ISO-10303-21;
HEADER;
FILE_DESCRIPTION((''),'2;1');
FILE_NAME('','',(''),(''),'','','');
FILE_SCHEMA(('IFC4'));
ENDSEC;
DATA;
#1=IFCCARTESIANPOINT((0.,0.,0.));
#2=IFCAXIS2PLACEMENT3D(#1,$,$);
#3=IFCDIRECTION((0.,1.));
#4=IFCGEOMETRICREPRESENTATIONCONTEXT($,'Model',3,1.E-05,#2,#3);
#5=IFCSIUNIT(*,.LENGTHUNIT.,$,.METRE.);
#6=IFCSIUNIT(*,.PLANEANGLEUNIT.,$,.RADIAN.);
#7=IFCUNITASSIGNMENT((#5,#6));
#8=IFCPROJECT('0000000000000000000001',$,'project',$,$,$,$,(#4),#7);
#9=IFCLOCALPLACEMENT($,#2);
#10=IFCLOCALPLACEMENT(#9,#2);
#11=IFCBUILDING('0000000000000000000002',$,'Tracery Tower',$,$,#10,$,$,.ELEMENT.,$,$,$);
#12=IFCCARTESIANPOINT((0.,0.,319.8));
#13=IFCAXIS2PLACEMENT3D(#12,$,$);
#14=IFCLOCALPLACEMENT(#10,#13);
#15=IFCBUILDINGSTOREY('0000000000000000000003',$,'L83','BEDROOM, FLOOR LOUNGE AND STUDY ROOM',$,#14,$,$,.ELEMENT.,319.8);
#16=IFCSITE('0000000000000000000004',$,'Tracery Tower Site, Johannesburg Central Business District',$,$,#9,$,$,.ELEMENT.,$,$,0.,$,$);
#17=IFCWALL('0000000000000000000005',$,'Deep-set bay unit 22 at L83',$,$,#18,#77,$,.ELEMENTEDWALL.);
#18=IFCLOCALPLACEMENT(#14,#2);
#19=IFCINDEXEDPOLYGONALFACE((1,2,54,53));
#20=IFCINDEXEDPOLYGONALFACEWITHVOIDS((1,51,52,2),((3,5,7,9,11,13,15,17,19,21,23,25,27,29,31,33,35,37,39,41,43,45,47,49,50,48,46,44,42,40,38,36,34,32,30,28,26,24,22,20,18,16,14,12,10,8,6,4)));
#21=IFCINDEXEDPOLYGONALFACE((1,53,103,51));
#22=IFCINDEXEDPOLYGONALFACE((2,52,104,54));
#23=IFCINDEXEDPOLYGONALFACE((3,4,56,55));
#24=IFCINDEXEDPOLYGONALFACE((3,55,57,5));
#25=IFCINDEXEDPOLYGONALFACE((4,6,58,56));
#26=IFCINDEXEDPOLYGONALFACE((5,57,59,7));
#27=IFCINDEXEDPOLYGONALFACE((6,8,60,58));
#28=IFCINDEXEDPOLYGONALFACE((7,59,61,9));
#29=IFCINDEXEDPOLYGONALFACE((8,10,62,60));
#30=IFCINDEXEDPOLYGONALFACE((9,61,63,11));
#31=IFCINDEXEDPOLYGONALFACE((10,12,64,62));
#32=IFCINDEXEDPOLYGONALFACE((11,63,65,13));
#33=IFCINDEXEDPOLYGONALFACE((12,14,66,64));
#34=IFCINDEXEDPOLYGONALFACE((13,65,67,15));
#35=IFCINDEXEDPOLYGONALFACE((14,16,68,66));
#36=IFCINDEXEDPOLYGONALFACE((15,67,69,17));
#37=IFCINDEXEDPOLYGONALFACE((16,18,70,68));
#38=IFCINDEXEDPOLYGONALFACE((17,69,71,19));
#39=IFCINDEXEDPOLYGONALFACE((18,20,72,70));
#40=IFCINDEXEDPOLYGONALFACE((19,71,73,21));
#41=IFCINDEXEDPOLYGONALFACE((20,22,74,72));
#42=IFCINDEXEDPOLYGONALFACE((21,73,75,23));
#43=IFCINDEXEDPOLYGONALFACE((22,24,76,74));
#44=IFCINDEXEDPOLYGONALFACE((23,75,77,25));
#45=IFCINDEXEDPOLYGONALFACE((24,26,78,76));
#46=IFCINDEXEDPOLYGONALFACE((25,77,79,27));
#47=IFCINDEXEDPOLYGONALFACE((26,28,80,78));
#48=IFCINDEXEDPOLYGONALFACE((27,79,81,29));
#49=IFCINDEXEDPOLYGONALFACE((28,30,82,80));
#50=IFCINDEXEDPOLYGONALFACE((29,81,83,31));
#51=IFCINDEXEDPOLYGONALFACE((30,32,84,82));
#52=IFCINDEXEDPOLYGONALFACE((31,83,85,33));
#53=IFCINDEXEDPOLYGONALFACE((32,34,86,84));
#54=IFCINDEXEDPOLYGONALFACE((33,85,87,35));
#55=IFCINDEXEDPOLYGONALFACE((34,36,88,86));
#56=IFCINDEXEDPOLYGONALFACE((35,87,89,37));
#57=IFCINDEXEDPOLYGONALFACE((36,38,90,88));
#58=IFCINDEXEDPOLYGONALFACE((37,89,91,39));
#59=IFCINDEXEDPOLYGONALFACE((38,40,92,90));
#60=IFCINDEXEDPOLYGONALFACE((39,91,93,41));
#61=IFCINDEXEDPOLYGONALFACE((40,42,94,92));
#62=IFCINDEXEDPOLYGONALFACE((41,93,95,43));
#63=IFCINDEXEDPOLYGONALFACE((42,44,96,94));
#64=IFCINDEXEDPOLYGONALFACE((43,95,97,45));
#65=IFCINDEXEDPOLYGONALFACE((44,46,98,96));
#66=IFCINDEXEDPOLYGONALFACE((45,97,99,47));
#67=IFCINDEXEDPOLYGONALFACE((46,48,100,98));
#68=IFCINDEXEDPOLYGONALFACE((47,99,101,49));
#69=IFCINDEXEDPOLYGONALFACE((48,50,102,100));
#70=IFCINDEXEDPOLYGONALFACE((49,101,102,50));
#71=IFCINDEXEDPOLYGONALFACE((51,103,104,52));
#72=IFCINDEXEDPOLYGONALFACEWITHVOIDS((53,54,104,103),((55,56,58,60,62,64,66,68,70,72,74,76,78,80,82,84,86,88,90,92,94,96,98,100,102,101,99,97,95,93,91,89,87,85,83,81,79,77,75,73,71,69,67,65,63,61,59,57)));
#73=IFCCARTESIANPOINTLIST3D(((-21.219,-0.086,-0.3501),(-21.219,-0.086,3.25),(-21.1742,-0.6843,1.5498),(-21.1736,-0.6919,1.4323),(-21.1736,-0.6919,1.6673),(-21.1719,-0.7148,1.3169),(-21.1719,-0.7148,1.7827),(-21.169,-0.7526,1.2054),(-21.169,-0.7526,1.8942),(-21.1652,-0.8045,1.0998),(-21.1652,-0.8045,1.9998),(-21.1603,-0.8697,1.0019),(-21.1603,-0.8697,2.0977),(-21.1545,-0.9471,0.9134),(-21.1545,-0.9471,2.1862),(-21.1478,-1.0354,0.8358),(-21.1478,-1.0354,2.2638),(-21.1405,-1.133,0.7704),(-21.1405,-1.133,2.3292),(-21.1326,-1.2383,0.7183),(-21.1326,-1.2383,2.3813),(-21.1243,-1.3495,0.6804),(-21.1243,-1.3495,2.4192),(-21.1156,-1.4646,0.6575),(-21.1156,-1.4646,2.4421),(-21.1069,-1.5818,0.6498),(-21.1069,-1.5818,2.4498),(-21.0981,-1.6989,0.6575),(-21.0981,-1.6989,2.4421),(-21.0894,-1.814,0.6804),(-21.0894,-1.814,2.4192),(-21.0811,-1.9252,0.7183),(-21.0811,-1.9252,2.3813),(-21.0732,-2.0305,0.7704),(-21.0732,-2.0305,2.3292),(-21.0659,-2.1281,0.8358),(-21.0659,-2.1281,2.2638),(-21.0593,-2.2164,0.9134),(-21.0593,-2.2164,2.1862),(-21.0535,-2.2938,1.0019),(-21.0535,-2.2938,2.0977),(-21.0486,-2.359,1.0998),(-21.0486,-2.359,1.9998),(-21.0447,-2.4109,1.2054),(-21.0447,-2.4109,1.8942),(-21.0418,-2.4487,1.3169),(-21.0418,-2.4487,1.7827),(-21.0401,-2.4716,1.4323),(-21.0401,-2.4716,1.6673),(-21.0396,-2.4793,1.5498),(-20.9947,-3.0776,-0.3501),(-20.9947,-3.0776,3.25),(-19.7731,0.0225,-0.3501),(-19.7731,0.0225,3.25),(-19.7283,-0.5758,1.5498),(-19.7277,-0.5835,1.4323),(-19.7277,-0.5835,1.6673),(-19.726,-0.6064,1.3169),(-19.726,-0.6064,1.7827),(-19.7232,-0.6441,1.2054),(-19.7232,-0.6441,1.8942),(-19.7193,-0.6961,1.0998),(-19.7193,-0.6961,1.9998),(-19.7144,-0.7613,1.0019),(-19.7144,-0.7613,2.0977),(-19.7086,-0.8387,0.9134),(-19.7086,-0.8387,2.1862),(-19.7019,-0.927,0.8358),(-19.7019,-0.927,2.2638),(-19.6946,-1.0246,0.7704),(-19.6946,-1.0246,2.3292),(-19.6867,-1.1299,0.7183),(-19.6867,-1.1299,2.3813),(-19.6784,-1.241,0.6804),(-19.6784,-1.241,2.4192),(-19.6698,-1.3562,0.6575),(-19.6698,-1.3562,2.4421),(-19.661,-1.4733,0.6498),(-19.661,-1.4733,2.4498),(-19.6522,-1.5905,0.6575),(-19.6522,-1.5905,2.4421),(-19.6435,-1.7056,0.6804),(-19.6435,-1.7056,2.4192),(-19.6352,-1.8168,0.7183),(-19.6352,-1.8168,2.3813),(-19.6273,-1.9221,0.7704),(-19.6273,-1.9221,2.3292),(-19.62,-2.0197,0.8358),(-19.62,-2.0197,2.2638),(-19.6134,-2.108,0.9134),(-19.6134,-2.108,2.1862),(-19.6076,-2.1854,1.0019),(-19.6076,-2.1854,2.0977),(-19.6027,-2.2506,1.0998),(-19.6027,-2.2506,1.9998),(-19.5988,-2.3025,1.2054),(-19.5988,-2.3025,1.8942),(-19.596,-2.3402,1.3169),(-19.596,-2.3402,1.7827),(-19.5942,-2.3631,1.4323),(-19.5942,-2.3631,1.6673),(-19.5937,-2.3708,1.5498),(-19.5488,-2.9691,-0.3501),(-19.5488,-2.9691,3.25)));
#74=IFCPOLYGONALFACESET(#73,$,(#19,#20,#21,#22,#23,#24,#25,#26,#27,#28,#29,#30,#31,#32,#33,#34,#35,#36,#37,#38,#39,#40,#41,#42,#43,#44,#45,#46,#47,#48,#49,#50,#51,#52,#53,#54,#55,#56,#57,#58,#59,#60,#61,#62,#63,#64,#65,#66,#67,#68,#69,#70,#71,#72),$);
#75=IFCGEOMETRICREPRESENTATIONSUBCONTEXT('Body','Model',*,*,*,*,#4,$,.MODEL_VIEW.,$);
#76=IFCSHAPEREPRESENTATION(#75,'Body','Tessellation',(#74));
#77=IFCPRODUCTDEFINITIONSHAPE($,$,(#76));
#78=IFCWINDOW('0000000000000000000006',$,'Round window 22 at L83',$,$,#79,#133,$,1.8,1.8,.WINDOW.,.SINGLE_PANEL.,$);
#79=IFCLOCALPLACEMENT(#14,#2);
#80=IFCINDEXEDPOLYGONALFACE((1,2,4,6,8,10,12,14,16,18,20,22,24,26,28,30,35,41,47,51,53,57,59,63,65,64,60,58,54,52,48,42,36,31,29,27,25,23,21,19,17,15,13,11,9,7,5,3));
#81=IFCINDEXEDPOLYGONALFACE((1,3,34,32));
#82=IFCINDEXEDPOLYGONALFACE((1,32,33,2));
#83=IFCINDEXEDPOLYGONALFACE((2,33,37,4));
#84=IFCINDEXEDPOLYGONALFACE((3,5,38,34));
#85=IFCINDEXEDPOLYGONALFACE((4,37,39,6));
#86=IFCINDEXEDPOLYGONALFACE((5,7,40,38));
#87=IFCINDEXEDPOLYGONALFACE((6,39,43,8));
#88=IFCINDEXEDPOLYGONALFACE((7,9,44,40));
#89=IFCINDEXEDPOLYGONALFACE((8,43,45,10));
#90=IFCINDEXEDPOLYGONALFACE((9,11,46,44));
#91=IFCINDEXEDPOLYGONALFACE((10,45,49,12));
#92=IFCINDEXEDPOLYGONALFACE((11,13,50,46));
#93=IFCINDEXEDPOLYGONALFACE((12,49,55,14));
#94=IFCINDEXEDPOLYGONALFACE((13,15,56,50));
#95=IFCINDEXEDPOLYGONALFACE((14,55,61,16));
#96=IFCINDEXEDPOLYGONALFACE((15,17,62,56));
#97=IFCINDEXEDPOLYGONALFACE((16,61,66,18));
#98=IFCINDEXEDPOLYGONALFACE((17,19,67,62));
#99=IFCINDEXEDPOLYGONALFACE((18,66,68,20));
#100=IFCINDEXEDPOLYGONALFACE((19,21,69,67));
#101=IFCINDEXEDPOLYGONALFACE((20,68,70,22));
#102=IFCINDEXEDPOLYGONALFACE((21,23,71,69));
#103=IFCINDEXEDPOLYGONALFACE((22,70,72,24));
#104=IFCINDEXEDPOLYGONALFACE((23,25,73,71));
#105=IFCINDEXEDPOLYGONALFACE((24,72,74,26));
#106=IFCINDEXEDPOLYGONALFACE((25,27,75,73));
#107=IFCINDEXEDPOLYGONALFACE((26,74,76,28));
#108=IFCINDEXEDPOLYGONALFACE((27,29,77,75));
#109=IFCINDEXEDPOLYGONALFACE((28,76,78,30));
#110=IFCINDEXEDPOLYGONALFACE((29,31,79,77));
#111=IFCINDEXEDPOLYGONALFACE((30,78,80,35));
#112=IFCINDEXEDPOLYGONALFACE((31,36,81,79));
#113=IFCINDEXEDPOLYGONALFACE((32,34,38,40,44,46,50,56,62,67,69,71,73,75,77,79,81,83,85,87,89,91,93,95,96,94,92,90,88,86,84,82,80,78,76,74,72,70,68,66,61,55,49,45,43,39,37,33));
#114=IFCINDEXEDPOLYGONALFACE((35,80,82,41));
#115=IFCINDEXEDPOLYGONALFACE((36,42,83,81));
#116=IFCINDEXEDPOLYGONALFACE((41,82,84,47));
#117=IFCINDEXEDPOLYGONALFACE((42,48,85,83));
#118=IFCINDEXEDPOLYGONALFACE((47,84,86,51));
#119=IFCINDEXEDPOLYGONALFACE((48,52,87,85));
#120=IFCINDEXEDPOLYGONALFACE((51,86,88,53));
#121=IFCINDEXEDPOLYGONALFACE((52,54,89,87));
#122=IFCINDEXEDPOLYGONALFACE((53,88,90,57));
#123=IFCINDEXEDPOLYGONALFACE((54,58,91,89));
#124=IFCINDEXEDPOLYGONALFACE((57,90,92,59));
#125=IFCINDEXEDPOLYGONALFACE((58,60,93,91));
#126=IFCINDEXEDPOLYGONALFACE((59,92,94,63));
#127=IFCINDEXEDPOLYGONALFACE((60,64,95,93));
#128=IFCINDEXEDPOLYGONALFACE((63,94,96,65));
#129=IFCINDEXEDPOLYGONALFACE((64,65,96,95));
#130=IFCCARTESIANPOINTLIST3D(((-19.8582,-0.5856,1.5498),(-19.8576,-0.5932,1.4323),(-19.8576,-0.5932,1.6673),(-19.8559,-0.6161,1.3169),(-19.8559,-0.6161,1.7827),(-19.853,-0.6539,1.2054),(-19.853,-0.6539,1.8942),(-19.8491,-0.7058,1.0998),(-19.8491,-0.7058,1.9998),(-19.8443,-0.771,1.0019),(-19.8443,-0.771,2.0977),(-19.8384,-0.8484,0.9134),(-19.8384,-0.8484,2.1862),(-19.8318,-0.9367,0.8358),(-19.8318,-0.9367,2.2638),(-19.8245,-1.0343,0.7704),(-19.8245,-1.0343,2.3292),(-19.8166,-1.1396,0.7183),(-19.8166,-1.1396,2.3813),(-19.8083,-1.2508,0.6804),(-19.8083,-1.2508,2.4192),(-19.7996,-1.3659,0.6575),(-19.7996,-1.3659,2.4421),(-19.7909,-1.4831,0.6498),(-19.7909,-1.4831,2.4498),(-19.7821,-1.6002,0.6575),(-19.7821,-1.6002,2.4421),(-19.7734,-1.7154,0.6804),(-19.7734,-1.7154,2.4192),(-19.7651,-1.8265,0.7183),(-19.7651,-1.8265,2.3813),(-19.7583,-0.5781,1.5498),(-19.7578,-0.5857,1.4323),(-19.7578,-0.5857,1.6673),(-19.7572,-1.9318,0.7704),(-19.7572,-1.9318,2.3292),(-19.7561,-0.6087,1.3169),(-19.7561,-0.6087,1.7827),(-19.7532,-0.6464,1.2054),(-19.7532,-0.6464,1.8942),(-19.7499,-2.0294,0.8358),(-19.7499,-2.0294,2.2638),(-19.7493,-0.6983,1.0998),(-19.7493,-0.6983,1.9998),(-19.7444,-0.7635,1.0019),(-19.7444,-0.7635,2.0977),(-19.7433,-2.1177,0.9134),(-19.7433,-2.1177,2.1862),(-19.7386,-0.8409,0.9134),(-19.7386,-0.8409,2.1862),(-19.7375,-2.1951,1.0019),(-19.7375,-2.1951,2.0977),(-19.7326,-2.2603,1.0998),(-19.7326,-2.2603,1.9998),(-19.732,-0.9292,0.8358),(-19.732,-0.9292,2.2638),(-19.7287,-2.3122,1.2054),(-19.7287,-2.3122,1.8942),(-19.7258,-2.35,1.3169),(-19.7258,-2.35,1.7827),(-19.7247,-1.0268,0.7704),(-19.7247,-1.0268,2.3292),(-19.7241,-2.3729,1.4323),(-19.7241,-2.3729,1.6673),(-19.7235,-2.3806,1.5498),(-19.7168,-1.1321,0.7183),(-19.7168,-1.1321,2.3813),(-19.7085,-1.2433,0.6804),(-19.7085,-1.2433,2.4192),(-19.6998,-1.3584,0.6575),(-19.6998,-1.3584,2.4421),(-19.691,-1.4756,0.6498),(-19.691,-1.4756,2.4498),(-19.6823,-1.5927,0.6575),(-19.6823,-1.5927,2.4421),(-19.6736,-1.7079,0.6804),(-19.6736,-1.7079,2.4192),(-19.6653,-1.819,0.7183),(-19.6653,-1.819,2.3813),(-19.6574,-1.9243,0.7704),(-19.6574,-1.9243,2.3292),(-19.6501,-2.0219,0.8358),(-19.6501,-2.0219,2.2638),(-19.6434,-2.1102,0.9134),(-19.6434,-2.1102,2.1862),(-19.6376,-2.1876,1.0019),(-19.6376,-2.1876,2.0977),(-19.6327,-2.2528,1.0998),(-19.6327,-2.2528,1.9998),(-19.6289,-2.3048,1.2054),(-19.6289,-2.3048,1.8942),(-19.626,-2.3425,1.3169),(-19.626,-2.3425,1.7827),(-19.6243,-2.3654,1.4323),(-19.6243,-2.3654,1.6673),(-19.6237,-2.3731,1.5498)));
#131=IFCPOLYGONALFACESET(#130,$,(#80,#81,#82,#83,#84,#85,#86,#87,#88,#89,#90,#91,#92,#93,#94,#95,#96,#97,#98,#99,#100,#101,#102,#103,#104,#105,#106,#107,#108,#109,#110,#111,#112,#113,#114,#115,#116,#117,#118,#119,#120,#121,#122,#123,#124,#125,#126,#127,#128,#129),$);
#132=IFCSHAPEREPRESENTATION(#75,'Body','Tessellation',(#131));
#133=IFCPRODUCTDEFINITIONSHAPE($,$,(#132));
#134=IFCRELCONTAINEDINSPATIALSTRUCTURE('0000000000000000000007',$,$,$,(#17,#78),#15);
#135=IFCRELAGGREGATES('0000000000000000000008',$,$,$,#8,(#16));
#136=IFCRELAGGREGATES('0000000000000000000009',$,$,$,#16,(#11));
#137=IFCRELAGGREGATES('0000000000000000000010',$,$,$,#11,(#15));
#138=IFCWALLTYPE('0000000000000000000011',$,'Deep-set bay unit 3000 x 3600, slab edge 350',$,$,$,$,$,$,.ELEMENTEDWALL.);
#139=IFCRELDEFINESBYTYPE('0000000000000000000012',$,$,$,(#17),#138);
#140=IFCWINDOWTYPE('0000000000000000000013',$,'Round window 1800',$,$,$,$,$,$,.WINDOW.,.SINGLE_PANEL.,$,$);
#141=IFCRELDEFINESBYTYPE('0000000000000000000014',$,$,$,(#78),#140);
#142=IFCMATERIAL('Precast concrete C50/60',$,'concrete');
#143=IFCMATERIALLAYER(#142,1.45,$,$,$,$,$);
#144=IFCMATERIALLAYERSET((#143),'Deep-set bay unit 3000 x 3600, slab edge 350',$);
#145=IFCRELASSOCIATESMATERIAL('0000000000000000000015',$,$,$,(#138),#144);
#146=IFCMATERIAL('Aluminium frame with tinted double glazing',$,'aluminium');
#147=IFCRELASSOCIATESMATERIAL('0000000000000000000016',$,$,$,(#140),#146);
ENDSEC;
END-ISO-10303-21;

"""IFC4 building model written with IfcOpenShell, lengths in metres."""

from ifc_helpers import new_model, si_unit, direction, frame, frame_2d, origin, origin_2d, place, context, subcontext, project, spatial, rectangle, circle, extrude, material, layer, layer_set, type_object, element, fill, save


model = new_model("IFC4")

# Units and contexts
model_context = context("Model", 3, precision=1e-05, world=origin(), true_north=direction((0.0, 1.0)))
body_context = subcontext(model_context, "Body", "Model", "MODEL_VIEW")
ifc_project = project(units=[si_unit("LENGTHUNIT", "METRE"), si_unit("PLANEANGLEUNIT", "RADIAN")], contexts=[model_context])

# Site, building, storey
site_placement = place(None, origin())
site = spatial("IfcSite", under=ifc_project, at=site_placement, Name="Tracery Tower Site, Johannesburg Central Business District", CompositionType="ELEMENT", RefElevation=0.0)
building_placement = place(site_placement, origin())
building = spatial("IfcBuilding", under=site, at=building_placement, Name="Tracery Tower", CompositionType="ELEMENT")
storey_placement = place(building_placement, frame((0.0, 0.0, 319.8)))
storey = spatial("IfcBuildingStorey", under=building, at=storey_placement, Name="L83", Description="BEDROOM, FLOOR LOUNGE AND STUDY ROOM", CompositionType="ELEMENT", Elevation=319.8)

# Wall, opening, window
ifc_material_1 = material(Name="Precast concrete C50/60", Category="concrete")
ifc_layer_1 = layer(ifc_material_1, 1.45)
ifc_layer_set_1 = layer_set([ifc_layer_1], Name="Deep-set bay unit 3000 x 3600, slab edge 350")
wall_type_1 = type_object("IfcWallType", Name="Deep-set bay unit 3000 x 3600, slab edge 350", PredefinedType="ELEMENTEDWALL", material=ifc_layer_set_1)
wall_1_placement = place(storey_placement, frame((-20.4961, -0.0317, -0.3501), z_axis=(0.0, 0.0, 1.0), x_axis=(0.074786, -0.9972, 0.0)))
wall_1 = element("IfcWall", 1, at=wall_1_placement, inside=storey, type_object=wall_type_1, Name="Deep-set bay unit 22 at L83", PredefinedType="ELEMENTEDWALL", context=body_context, shape_type="SweptSolid", body=[
    extrude(rectangle(XDim=3.0, YDim=1.45, at=frame_2d((1.5, 0.0))), origin(), (0.0, 0.0, 1.0), 3.6001),
])
opening_1_placement = place(wall_1_placement, frame((1.5, 0.0, 1.8999)))
opening_1 = element("IfcOpeningElement", 2, at=opening_1_placement, cuts=wall_1, PredefinedType="OPENING", context=body_context, shape_type="SweptSolid", body=[
    extrude(circle(Radius=0.9, at=origin_2d()), frame((0.0, 0.7349, 0.0), z_axis=(0.0, -1.0, 0.0), x_axis=(1.0, 0.0, 0.0)), (0.0, 0.0, 1.0), 1.47),
])
ifc_material_2 = material(Name="Aluminium frame with tinted double glazing", Category="aluminium")
window_type = type_object("IfcWindowType", Name="Round window 1800", PartitioningType="SINGLE_PANEL", PredefinedType="WINDOW", material=ifc_material_2)
window_1_placement = place(opening_1_placement, origin())
window_1 = element("IfcWindow", 3, at=window_1_placement, inside=storey, type_object=window_type, Name="Round window 22 at L83", OverallHeight=1.8, OverallWidth=1.8, PartitioningType="SINGLE_PANEL", PredefinedType="WINDOW", context=body_context, shape_type="SweptSolid", body=[
    extrude(circle(Radius=0.9, at=origin_2d()), frame((0.0, 0.6948, 0.0), z_axis=(0.0, -1.0, 0.0), x_axis=(1.0, 0.0, 0.0)), (0.0, 0.0, 1.0), 0.1001),
])
fill(opening_1, window_1)

save(model, "model.ifc")
